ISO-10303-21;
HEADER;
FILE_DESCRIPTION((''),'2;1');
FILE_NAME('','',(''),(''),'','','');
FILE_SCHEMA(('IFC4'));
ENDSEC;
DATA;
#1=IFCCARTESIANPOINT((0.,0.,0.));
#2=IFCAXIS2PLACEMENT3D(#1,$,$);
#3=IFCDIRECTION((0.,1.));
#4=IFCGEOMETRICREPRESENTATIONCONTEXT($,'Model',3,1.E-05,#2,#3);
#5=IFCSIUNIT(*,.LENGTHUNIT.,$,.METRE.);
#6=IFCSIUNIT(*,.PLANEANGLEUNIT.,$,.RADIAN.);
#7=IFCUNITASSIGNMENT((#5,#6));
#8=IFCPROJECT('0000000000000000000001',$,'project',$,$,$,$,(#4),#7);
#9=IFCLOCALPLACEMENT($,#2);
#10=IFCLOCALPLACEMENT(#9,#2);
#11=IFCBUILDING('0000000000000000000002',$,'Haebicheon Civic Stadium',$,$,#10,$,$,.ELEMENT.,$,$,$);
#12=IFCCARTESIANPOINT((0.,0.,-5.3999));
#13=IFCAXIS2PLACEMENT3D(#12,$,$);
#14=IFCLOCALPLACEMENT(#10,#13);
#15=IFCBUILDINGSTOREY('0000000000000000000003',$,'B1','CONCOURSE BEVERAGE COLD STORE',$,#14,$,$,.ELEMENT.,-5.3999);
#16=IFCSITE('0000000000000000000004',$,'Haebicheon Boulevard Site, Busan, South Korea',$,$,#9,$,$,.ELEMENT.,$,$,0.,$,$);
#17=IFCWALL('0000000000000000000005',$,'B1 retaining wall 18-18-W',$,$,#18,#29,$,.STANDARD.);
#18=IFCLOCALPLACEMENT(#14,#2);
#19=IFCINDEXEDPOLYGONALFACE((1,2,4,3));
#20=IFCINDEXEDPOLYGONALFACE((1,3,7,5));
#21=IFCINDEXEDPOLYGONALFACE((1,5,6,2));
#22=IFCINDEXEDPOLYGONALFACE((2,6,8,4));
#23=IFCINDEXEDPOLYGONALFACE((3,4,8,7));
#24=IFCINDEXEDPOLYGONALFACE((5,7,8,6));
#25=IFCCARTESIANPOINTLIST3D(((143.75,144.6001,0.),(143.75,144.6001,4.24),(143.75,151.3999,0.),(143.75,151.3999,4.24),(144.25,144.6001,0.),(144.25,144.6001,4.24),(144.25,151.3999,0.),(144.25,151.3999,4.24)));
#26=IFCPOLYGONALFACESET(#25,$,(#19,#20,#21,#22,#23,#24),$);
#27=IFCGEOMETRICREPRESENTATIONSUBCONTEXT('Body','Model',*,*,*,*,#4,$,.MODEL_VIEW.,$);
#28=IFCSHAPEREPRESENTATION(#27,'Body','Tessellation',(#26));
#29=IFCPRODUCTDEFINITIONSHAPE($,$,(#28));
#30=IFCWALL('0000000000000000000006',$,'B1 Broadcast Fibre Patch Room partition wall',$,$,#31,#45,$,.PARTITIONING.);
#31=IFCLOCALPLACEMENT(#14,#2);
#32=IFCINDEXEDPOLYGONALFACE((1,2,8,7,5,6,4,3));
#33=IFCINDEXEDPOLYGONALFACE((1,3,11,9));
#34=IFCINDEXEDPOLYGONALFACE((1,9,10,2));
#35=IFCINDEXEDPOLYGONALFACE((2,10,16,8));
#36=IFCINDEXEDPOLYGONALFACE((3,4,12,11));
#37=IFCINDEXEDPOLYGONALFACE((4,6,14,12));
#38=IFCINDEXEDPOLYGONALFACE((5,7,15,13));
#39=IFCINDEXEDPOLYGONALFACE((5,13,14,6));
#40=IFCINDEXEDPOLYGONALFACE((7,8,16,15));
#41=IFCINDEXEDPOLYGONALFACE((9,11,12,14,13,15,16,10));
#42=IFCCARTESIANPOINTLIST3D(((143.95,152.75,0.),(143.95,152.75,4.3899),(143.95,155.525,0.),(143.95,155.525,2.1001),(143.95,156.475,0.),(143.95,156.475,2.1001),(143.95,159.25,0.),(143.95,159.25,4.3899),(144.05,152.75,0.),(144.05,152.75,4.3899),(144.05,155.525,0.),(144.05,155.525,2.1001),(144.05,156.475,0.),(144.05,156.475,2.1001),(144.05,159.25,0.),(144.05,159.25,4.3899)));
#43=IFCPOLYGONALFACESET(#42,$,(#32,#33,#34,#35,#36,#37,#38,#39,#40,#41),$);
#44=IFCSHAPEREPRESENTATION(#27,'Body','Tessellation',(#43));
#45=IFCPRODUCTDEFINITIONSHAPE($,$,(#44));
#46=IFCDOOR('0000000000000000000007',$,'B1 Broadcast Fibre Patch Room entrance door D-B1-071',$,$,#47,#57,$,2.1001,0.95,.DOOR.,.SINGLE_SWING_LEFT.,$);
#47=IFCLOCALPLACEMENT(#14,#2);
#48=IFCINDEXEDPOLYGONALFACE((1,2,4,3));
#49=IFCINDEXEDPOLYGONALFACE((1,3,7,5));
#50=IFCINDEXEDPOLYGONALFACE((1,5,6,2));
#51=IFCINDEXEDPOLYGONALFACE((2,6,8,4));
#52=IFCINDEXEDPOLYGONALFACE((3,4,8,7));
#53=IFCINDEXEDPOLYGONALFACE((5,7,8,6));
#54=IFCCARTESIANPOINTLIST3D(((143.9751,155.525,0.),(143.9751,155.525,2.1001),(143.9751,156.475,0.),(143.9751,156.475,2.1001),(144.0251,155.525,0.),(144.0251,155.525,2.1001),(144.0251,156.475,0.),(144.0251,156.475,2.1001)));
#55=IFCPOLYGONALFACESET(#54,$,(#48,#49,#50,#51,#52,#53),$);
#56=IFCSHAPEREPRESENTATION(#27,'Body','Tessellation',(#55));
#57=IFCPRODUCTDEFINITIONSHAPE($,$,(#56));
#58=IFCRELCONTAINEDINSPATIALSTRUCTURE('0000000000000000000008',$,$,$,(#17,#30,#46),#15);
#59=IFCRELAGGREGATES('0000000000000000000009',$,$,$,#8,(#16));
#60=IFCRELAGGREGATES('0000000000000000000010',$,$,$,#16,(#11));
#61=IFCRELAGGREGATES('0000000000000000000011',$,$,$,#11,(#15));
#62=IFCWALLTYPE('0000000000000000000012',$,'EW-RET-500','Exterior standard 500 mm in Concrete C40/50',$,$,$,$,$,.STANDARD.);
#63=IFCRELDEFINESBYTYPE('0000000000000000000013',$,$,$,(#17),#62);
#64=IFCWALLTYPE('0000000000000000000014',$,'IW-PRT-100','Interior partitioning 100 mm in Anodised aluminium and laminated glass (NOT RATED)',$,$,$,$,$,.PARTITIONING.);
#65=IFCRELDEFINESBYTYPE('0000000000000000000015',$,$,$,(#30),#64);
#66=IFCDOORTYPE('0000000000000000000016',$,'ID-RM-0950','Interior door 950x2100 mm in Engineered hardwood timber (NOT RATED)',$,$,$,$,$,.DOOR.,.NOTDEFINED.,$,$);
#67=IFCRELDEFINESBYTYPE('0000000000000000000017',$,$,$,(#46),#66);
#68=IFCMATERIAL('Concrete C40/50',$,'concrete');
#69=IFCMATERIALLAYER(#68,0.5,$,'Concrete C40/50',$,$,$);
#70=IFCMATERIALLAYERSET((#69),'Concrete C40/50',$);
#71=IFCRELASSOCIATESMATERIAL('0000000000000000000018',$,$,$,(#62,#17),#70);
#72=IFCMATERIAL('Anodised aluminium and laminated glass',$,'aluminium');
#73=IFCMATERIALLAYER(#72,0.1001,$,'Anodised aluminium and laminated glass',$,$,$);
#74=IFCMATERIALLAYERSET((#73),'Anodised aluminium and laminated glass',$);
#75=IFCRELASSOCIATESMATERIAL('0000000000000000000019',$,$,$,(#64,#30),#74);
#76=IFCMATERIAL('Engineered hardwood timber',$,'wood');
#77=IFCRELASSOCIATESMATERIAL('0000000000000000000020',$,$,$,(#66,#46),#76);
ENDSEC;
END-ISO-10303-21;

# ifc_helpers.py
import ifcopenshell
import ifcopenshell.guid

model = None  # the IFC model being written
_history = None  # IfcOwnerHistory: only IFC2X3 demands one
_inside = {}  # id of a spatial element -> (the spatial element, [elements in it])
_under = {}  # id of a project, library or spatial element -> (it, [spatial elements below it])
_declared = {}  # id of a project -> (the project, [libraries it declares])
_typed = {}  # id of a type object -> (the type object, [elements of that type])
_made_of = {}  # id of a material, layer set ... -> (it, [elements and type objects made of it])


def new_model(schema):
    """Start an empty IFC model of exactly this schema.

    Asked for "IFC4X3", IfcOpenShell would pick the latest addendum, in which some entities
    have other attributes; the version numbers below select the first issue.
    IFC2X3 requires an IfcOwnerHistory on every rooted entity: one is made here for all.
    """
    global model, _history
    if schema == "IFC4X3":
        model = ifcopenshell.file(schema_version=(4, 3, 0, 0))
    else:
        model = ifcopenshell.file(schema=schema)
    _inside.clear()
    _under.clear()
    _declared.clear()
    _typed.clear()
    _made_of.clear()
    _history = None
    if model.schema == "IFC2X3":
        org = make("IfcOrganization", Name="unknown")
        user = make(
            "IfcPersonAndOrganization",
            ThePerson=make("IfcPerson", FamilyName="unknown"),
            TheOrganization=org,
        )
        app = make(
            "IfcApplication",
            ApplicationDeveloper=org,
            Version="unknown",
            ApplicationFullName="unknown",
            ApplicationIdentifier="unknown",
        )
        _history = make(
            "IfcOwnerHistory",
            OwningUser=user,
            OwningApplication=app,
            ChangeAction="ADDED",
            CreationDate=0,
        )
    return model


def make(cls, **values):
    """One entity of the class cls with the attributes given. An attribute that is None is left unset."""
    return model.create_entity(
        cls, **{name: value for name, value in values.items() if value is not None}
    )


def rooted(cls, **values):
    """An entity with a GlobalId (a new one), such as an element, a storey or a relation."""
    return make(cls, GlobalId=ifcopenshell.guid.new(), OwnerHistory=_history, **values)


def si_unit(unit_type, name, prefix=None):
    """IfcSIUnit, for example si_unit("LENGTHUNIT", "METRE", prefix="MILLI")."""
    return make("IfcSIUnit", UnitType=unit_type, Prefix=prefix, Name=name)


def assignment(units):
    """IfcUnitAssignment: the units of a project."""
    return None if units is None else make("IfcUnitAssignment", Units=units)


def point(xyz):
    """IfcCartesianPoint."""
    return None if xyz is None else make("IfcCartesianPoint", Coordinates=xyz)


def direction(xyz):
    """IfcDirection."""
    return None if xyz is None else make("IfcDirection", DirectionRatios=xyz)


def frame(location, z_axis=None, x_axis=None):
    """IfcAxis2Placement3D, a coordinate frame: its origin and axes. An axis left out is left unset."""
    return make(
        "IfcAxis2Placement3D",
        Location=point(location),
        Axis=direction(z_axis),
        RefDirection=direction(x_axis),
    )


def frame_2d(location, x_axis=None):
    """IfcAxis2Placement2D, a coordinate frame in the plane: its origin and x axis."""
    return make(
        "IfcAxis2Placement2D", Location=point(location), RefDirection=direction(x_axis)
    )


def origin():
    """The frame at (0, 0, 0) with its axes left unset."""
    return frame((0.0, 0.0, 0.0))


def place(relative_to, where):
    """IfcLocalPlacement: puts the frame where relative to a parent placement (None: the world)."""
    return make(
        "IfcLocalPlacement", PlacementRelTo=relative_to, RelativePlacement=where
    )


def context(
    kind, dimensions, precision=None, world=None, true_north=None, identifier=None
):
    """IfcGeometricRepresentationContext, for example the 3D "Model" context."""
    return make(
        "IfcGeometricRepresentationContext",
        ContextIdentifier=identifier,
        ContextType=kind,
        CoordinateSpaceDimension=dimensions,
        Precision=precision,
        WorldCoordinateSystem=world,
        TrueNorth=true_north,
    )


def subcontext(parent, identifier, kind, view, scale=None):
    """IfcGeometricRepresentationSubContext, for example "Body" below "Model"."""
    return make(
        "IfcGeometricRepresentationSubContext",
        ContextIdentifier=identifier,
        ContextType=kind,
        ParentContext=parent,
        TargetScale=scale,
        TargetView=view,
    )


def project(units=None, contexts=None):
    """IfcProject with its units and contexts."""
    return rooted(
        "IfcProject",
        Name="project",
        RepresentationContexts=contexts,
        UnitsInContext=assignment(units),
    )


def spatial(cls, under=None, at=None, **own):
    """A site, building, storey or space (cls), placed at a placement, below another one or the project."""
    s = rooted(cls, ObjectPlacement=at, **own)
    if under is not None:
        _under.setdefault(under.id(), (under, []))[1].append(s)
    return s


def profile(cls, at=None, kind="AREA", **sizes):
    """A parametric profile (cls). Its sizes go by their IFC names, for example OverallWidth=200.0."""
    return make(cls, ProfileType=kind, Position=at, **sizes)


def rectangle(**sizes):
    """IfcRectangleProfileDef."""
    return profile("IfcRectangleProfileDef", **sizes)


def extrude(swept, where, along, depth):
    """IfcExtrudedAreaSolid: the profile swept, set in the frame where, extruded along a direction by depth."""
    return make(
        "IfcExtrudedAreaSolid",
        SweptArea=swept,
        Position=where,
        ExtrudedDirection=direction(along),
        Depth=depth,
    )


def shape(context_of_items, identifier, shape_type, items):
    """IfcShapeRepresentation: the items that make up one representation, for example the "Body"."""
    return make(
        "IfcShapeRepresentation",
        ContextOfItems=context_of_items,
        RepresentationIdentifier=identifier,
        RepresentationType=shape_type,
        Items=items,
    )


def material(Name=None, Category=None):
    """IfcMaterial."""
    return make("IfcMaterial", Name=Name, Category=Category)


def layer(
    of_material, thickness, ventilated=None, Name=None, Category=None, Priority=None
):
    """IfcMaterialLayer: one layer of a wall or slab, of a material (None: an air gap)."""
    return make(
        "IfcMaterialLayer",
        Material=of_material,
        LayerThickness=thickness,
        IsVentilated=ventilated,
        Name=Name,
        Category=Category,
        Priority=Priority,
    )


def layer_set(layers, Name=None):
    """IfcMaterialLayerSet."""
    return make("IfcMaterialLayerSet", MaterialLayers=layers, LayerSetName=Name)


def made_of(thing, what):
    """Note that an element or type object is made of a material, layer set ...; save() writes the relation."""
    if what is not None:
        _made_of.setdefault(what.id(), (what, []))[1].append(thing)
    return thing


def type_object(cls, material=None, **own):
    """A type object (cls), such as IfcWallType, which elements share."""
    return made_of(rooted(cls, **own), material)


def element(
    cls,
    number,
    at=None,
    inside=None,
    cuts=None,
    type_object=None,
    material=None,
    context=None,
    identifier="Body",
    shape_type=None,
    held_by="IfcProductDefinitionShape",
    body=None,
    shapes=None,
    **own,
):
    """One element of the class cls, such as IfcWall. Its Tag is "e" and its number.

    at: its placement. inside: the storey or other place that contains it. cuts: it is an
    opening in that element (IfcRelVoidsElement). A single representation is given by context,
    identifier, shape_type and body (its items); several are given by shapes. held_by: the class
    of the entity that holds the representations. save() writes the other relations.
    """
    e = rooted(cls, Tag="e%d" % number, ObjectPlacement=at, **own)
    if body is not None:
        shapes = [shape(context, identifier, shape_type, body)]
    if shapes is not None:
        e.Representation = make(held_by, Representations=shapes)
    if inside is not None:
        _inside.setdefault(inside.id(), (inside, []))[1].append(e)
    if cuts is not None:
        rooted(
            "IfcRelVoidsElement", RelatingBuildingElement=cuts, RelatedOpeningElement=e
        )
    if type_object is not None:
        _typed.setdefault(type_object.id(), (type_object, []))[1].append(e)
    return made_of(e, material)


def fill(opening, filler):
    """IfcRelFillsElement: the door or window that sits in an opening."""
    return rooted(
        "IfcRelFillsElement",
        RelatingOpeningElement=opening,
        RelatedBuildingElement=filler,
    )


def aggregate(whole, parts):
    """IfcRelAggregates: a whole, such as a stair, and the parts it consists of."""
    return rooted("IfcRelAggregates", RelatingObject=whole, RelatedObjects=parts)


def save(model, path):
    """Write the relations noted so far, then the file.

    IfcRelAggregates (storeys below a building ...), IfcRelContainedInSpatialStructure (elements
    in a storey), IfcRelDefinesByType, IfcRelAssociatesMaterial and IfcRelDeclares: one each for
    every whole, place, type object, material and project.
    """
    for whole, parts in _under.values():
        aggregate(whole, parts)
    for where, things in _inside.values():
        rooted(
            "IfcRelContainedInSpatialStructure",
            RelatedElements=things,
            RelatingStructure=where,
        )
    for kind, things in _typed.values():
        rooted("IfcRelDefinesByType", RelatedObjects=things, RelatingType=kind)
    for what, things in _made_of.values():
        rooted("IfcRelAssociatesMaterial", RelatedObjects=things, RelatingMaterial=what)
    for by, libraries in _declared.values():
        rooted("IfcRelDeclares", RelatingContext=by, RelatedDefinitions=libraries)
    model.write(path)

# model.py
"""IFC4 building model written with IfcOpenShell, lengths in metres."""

from ifc_helpers import new_model, si_unit, direction, frame, frame_2d, origin, place, context, subcontext, project, spatial, rectangle, extrude, material, layer, layer_set, type_object, element, fill, save


model = new_model("IFC4")

# Units and contexts
model_context = context("Model", 3, precision=1e-05, world=origin(), true_north=direction((0.0, 1.0)))
body_context = subcontext(model_context, "Body", "Model", "MODEL_VIEW")
ifc_project = project(units=[si_unit("LENGTHUNIT", "METRE"), si_unit("PLANEANGLEUNIT", "RADIAN")], contexts=[model_context])

# Site, building, storey
site_placement = place(None, origin())
site = spatial("IfcSite", under=ifc_project, at=site_placement, Name="Haebicheon Boulevard Site, Busan, South Korea", CompositionType="ELEMENT", RefElevation=0.0)
building_placement = place(site_placement, origin())
building = spatial("IfcBuilding", under=site, at=building_placement, Name="Haebicheon Civic Stadium", CompositionType="ELEMENT")
storey_placement = place(building_placement, frame((0.0, 0.0, -5.3999)))
storey = spatial("IfcBuildingStorey", under=building, at=storey_placement, Name="B1", Description="CONCOURSE BEVERAGE COLD STORE", CompositionType="ELEMENT", Elevation=-5.3999)

# Wall
ifc_material_1 = material(Name="Concrete C40/50", Category="concrete")
ifc_layer_1 = layer(ifc_material_1, 0.5, Name="Concrete C40/50")
ifc_layer_set_1 = layer_set([ifc_layer_1], Name="Concrete C40/50")
wall_type_1 = type_object("IfcWallType", Name="EW-RET-500", Description="Exterior standard 500 mm in Concrete C40/50", PredefinedType="STANDARD", material=ifc_layer_set_1)
for number, where, z_axis, x_axis, name in (
    (1, (144.0, 144.6001, 0.0), (0.0, 0.0, 1.0), (0.0, 1.0, 0.0), "B1 retaining wall 18-18-W"),
):
    element("IfcWall", number, at=place(storey_placement, frame(where, z_axis=z_axis, x_axis=x_axis)), inside=storey, type_object=wall_type_1, material=ifc_layer_set_1, Name=name, PredefinedType="STANDARD", context=body_context, shape_type="SweptSolid", body=[
        extrude(rectangle(XDim=6.7998, YDim=0.5, at=frame_2d((3.3999, 0.0))), origin(), (0.0, 0.0, 1.0), 4.24),
    ])

# Wall, opening, door
ifc_material_2 = material(Name="Anodised aluminium and laminated glass", Category="aluminium")
ifc_layer_2 = layer(ifc_material_2, 0.1001, Name="Anodised aluminium and laminated glass")
ifc_layer_set_2 = layer_set([ifc_layer_2], Name="Anodised aluminium and laminated glass")
wall_type_2 = type_object("IfcWallType", Name="IW-PRT-100", Description="Interior partitioning 100 mm in Anodised aluminium and laminated glass (NOT RATED)", PredefinedType="PARTITIONING", material=ifc_layer_set_2)
wall_1_placement = place(storey_placement, frame((144.0, 152.75, 0.0), z_axis=(0.0, 0.0, 1.0), x_axis=(0.0, 1.0, 0.0)))
wall_1 = element("IfcWall", 2, at=wall_1_placement, inside=storey, type_object=wall_type_2, material=ifc_layer_set_2, Name="B1 Broadcast Fibre Patch Room partition wall", PredefinedType="PARTITIONING", context=body_context, shape_type="SweptSolid", body=[
    extrude(rectangle(XDim=6.5, YDim=0.1001, at=frame_2d((3.25, 0.0))), origin(), (0.0, 0.0, 1.0), 4.3899),
])
opening_placement = place(wall_1_placement, frame((2.7749, 0.0, 0.0)))
opening = element("IfcOpeningElement", 3, at=opening_placement, cuts=wall_1, PredefinedType="OPENING", context=body_context, shape_type="SweptSolid", body=[
    extrude(rectangle(XDim=0.95, YDim=2.1001, at=frame_2d((0.4751, 1.05))), frame((0.0, 0.0601, 0.0), z_axis=(0.0, -1.0, 0.0), x_axis=(1.0, 0.0, 0.0)), (0.0, 0.0, 1.0), 0.1201),
])
ifc_material_3 = material(Name="Engineered hardwood timber", Category="wood")
door_type = type_object("IfcDoorType", Name="ID-RM-0950", Description="Interior door 950x2100 mm in Engineered hardwood timber (NOT RATED)", OperationType="NOTDEFINED", PredefinedType="DOOR", material=ifc_material_3)
door_placement = place(opening_placement, origin())
door = element("IfcDoor", 4, at=door_placement, inside=storey, type_object=door_type, material=ifc_material_3, Name="B1 Broadcast Fibre Patch Room entrance door D-B1-071", OperationType="SINGLE_SWING_LEFT", OverallHeight=2.1001, OverallWidth=0.95, PredefinedType="DOOR", context=body_context, shape_type="SweptSolid", body=[
    extrude(rectangle(XDim=0.95, YDim=2.1001, at=frame_2d((0.4751, 1.05))), frame((0.0, 0.0249, 0.0), z_axis=(0.0, -1.0, 0.0), x_axis=(1.0, 0.0, 0.0)), (0.0, 0.0, 1.0), 0.05),
])
fill(opening, door)

save(model, "model.ifc")
